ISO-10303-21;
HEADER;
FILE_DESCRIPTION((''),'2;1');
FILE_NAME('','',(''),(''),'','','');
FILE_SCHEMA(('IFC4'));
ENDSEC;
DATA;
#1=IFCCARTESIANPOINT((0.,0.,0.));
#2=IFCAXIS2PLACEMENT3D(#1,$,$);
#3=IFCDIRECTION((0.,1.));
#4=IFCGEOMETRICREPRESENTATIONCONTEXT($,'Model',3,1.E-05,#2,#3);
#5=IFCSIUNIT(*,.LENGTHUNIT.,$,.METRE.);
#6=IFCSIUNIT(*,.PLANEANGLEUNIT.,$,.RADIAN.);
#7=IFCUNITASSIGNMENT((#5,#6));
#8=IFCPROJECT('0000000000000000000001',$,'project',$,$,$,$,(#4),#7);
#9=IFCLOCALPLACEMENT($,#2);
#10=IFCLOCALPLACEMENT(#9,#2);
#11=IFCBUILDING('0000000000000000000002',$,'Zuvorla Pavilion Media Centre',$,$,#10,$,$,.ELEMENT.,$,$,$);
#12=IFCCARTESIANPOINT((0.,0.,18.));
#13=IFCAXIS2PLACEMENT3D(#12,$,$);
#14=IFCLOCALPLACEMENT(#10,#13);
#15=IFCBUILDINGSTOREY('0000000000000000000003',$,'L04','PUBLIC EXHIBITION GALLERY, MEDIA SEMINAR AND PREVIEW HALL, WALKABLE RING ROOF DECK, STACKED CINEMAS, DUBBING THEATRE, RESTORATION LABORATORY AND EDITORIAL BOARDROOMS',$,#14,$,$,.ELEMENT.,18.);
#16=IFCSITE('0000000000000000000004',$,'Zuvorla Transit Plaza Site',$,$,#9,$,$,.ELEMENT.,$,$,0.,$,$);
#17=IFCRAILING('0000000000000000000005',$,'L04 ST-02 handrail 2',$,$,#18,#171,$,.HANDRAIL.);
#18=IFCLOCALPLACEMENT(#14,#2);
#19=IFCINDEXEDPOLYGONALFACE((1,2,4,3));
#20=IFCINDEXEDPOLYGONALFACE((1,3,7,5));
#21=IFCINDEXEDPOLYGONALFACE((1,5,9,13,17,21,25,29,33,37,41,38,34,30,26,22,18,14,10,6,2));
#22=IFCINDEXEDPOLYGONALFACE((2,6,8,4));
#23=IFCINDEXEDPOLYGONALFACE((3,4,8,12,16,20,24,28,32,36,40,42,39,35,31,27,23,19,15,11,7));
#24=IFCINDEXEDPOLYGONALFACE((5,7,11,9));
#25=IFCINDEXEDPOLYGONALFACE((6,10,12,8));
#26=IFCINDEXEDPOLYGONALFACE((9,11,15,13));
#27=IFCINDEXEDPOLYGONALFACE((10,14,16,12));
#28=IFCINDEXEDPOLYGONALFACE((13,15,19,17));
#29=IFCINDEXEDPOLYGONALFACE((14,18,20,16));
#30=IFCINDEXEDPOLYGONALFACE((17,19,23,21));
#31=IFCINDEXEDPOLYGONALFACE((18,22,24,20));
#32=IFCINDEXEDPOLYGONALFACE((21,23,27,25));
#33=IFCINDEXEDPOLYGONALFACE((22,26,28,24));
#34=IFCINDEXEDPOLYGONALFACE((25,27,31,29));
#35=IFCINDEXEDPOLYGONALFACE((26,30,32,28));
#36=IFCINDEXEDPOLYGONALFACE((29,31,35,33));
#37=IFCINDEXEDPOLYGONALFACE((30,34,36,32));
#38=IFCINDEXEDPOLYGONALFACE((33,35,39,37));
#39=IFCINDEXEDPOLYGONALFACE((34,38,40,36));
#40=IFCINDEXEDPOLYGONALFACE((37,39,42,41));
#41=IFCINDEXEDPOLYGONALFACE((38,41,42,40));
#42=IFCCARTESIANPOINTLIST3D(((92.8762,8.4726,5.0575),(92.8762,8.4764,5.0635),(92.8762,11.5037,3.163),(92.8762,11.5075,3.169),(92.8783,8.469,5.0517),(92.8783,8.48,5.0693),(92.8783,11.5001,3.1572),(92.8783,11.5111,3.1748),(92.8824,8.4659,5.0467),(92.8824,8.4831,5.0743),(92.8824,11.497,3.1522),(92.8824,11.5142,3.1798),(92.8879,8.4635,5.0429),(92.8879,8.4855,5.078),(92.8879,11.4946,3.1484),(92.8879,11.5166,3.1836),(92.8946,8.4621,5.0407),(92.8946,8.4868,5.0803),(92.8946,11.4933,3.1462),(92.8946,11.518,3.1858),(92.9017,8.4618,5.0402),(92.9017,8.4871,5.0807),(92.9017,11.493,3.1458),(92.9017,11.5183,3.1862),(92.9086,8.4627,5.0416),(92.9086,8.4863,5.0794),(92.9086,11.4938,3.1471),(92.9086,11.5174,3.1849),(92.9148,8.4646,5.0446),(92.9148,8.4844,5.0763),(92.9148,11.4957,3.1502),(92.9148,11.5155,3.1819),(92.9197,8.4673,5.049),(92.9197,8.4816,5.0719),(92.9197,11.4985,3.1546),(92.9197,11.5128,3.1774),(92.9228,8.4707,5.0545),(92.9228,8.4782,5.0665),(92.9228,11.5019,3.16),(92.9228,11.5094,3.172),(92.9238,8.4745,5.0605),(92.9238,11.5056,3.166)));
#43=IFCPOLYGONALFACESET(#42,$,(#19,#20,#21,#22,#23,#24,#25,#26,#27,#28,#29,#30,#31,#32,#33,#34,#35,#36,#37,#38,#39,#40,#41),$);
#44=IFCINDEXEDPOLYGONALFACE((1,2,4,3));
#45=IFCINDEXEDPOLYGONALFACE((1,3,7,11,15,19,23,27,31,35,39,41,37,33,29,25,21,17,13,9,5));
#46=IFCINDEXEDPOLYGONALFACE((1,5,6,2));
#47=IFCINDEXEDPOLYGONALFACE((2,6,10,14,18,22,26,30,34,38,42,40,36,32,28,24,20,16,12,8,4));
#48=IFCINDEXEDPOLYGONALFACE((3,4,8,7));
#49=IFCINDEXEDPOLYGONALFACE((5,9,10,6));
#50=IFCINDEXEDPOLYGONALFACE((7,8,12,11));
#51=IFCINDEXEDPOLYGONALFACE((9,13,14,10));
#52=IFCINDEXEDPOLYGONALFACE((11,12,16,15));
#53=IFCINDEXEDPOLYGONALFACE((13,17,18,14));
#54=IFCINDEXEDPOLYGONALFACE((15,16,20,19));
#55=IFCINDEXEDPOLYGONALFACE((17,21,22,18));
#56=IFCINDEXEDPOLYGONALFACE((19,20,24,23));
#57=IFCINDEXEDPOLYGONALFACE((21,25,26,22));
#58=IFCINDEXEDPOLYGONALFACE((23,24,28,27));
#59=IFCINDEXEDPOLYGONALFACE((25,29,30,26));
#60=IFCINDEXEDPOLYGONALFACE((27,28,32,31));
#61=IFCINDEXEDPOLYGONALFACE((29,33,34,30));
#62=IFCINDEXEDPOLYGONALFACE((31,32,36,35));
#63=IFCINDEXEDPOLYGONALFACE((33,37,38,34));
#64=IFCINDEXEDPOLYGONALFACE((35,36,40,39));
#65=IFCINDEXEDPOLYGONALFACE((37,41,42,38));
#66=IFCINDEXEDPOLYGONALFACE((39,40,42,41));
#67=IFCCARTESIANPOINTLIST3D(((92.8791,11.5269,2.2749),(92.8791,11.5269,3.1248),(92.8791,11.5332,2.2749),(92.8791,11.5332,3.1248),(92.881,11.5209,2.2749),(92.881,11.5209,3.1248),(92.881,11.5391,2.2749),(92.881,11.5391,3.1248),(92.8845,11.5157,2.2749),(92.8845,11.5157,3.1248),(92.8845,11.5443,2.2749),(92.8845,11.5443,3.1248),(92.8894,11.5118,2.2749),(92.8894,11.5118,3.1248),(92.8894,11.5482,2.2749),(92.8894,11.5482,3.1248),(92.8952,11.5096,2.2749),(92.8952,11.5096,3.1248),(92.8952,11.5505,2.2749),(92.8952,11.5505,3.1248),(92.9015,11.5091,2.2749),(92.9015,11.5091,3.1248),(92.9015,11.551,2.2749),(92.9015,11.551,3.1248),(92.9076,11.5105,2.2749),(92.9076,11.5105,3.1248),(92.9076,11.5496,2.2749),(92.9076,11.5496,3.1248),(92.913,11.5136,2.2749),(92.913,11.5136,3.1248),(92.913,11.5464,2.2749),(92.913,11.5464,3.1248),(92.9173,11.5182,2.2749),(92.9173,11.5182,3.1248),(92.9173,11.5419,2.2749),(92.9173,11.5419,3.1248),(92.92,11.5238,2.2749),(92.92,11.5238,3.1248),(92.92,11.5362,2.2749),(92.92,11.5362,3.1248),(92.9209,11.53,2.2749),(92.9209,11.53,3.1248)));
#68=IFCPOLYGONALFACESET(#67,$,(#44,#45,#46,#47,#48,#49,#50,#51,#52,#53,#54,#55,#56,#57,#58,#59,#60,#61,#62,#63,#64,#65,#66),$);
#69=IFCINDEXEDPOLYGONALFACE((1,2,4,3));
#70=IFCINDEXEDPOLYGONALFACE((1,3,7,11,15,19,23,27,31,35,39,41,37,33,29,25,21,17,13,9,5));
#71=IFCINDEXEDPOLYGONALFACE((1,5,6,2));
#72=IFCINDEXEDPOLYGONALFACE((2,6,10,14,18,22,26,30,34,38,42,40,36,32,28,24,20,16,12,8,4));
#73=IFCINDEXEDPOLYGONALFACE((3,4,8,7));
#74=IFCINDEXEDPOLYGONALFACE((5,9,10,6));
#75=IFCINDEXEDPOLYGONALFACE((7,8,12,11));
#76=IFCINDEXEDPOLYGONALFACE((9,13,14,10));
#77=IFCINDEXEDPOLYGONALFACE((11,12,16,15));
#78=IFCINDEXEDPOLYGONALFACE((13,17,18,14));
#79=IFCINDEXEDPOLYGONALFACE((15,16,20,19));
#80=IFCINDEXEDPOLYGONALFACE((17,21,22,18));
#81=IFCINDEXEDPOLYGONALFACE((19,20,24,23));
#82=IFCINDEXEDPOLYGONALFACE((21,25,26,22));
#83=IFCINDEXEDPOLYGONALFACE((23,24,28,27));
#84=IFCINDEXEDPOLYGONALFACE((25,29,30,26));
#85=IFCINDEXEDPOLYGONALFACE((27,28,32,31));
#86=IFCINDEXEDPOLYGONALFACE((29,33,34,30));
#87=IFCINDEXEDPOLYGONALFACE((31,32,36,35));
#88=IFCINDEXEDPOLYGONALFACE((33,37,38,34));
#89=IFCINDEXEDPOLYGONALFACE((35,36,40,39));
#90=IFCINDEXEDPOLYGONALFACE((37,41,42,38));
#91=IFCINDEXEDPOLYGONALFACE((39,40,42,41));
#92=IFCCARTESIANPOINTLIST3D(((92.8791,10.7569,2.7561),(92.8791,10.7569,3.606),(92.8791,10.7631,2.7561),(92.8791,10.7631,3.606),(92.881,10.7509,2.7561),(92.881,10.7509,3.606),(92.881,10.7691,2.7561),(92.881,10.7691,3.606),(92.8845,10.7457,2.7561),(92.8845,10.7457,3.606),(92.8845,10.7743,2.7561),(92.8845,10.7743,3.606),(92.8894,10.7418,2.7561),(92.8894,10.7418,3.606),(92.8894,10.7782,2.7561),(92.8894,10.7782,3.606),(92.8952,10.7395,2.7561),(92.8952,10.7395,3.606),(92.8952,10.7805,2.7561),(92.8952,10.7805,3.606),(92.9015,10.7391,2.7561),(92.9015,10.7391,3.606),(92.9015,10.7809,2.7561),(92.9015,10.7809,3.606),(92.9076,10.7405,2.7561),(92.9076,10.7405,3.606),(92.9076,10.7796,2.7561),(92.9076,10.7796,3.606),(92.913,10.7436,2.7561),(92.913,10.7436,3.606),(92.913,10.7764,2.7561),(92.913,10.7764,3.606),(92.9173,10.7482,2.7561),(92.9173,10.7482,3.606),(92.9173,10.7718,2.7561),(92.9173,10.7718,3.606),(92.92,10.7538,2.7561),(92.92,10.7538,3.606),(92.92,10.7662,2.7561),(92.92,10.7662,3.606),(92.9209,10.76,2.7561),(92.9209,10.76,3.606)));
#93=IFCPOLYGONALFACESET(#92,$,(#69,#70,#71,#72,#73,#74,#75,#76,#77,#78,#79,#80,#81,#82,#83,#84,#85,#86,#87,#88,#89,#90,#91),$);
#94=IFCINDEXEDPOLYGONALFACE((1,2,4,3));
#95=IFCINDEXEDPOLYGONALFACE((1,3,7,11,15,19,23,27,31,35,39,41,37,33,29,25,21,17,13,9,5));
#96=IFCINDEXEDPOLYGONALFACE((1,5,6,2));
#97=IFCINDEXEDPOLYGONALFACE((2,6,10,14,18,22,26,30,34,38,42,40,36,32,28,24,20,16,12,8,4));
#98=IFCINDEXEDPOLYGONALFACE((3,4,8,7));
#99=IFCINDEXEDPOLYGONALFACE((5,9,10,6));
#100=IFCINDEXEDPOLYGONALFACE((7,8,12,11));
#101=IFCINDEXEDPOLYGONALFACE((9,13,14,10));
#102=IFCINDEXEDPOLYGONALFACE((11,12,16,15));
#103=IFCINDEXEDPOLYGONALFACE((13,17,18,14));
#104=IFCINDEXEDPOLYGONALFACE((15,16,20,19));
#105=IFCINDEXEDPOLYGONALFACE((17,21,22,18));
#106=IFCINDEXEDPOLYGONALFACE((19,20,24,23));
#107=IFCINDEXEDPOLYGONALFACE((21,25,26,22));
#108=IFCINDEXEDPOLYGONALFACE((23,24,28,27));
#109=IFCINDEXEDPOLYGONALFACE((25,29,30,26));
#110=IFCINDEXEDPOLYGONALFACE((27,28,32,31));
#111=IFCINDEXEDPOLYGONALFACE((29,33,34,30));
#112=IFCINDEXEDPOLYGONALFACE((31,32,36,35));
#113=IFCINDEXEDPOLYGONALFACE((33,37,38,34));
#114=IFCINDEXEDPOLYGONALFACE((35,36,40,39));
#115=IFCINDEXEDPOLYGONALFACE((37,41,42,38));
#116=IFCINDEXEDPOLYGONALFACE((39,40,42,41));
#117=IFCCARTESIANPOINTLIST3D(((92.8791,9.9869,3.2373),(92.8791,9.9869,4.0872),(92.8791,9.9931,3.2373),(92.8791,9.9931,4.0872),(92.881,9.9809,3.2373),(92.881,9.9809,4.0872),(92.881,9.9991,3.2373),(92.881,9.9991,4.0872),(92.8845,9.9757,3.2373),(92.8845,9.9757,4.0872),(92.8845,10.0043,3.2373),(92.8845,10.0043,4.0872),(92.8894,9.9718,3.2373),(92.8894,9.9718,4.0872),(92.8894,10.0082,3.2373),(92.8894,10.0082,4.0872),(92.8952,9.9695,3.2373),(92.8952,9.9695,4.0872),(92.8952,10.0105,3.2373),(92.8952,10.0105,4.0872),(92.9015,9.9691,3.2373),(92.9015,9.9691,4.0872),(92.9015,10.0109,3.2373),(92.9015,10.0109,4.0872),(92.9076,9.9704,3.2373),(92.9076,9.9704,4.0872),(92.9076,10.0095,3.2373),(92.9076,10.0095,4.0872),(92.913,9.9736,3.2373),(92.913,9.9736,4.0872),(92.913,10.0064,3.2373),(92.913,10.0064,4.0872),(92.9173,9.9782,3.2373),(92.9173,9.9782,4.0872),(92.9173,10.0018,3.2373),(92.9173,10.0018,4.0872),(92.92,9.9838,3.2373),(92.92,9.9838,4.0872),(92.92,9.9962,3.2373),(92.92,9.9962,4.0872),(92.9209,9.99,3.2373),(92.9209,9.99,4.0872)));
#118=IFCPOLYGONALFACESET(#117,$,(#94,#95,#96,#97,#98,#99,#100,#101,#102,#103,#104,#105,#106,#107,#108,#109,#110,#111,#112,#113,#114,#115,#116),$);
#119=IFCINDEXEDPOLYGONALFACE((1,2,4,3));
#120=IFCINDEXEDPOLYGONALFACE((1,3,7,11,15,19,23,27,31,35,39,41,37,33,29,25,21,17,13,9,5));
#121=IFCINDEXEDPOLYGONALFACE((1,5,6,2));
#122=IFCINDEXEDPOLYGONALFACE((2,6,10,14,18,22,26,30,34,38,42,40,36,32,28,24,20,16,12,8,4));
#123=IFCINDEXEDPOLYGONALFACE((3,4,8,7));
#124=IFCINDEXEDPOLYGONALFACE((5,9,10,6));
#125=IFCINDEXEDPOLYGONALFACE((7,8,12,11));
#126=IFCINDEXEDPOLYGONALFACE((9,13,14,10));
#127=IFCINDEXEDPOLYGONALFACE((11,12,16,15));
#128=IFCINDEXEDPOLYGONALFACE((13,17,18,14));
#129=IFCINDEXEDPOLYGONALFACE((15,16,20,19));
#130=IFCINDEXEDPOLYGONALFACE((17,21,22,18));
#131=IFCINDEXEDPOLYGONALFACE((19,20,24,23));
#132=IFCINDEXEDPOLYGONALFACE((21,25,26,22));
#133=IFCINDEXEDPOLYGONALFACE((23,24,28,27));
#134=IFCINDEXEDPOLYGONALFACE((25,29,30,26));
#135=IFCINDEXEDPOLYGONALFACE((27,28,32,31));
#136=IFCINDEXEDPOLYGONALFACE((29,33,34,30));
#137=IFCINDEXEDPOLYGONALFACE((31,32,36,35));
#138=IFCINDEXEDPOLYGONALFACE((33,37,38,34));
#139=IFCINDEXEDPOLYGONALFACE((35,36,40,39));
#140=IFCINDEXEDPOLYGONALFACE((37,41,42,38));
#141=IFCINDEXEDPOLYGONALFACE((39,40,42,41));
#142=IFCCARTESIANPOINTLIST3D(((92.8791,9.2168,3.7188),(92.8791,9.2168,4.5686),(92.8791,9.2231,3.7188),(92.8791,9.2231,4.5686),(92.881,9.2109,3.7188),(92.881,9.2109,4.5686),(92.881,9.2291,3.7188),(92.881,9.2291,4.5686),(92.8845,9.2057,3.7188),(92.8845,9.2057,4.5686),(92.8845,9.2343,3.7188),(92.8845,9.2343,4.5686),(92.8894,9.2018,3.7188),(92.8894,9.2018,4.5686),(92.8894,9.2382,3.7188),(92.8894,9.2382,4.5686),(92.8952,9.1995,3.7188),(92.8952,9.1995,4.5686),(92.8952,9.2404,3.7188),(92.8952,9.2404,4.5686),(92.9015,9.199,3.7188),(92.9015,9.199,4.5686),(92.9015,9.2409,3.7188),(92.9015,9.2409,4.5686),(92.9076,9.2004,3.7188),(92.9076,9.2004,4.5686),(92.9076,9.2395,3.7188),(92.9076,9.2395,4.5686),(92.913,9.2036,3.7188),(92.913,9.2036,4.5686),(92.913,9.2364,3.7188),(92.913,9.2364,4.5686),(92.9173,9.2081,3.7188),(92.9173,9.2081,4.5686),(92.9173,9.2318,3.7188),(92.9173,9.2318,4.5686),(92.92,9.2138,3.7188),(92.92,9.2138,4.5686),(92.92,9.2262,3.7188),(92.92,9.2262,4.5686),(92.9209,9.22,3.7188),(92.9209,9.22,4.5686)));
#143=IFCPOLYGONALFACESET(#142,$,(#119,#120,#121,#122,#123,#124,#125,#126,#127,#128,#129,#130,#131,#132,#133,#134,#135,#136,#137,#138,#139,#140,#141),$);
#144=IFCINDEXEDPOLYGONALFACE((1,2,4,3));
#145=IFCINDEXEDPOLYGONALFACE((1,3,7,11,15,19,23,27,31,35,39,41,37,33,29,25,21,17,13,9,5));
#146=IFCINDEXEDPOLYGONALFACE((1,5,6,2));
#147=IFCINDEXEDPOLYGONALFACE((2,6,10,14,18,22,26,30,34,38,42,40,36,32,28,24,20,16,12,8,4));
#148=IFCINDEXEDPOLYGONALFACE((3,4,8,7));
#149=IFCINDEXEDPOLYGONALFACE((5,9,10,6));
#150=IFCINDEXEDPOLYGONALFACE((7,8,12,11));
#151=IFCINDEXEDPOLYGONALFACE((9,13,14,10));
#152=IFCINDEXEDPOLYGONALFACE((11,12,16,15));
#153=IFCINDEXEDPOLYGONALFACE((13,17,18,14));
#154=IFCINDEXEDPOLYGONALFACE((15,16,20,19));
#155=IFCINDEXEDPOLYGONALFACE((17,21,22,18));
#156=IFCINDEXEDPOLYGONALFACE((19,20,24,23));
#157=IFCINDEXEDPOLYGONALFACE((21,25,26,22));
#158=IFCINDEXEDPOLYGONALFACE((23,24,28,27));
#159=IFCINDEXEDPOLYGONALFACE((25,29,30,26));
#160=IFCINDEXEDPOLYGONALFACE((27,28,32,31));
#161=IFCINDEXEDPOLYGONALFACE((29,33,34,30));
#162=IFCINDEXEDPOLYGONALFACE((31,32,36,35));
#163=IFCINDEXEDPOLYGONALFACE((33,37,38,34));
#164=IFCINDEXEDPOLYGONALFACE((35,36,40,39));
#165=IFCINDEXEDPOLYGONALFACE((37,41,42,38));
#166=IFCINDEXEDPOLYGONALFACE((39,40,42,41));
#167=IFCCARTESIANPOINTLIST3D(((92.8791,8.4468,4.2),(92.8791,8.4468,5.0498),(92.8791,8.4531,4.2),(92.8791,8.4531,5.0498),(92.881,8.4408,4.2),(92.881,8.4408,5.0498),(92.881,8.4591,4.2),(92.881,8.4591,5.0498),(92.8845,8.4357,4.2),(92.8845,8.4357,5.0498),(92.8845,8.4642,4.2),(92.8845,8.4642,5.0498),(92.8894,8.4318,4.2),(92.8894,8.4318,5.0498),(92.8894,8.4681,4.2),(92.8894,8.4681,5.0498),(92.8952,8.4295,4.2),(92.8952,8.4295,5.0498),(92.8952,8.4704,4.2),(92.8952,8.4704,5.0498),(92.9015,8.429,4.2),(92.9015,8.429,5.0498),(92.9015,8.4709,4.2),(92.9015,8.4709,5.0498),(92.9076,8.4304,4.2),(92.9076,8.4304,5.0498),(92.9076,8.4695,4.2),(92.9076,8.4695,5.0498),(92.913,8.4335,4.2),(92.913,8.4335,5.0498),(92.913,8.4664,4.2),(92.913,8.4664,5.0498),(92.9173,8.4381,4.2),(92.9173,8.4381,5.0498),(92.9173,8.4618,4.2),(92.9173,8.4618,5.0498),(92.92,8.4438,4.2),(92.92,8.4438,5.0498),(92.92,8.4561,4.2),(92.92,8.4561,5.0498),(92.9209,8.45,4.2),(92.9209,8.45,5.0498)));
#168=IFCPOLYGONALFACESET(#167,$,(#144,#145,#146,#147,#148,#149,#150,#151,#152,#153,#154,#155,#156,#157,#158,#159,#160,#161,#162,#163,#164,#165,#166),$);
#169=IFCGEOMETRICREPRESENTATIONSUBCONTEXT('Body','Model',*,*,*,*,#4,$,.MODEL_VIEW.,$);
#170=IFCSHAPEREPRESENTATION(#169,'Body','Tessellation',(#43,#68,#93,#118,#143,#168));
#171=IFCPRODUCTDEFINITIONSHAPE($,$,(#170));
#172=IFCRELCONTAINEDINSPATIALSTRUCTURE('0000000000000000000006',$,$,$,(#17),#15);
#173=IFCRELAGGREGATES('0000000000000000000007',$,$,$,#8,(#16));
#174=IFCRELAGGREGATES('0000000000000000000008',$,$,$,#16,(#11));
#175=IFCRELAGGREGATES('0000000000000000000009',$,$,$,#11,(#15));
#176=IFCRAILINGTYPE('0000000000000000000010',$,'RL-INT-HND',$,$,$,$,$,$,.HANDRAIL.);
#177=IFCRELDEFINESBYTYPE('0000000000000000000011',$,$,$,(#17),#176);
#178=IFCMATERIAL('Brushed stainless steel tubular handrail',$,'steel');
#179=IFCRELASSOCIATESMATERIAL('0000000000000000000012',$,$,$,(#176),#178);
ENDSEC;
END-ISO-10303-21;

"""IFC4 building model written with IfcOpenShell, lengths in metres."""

from ifc_helpers import new_model, si_unit, direction, frame, origin, origin_2d, place, context, subcontext, project, spatial, circle, extrude, material, type_object, element, save


model = new_model("IFC4")

# Units and contexts
model_context = context("Model", 3, precision=1e-05, world=origin(), true_north=direction((0.0, 1.0)))
body_context = subcontext(model_context, "Body", "Model", "MODEL_VIEW")
ifc_project = project(units=[si_unit("LENGTHUNIT", "METRE"), si_unit("PLANEANGLEUNIT", "RADIAN")], contexts=[model_context])

# Site, building, storey
site_placement = place(None, origin())
site = spatial("IfcSite", under=ifc_project, at=site_placement, Name="Zuvorla Transit Plaza Site", CompositionType="ELEMENT", RefElevation=0.0)
building_placement = place(site_placement, origin())
building = spatial("IfcBuilding", under=site, at=building_placement, Name="Zuvorla Pavilion Media Centre", CompositionType="ELEMENT")
storey_placement = place(building_placement, frame((0.0, 0.0, 18.0)))
storey = spatial("IfcBuildingStorey", under=building, at=storey_placement, Name="L04", Description="PUBLIC EXHIBITION GALLERY, MEDIA SEMINAR AND PREVIEW HALL, WALKABLE RING ROOF DECK, STACKED CINEMAS, DUBBING THEATRE, RESTORATION LABORATORY AND EDITORIAL BOARDROOMS", CompositionType="ELEMENT", Elevation=18.0)

# Railing
ifc_material_1 = material(Name="Brushed stainless steel tubular handrail", Category="steel")
railing_type_1 = type_object("IfcRailingType", Name="RL-INT-HND", PredefinedType="HANDRAIL", material=ifc_material_1)
railing_1_placement = place(storey_placement, frame((92.8999, 11.53, 2.2749)))
element("IfcRailing", 1, at=railing_1_placement, inside=storey, type_object=railing_type_1, Name="L04 ST-02 handrail 2", PredefinedType="HANDRAIL", context=body_context, shape_type="SweptSolid", body=[
    extrude(circle(Radius=0.0239, at=origin_2d()), frame((0.0, -0.0244, 0.8911), z_axis=(0.0, -0.847998, 0.529999), x_axis=(1.0, 0.0, 0.0)), (0.0, 0.0, 1.0), 3.5745),
    extrude(circle(Radius=0.021, at=origin_2d()), origin(), (0.0, 0.0, 1.0), 0.8499),
    extrude(circle(Radius=0.021, at=origin_2d()), frame((0.0, -0.77, 0.4812)), (0.0, 0.0, 1.0), 0.8499),
    extrude(circle(Radius=0.021, at=origin_2d()), frame((0.0, -1.54, 0.9624)), (0.0, 0.0, 1.0), 0.8499),
    extrude(circle(Radius=0.021, at=origin_2d()), frame((0.0, -2.3101, 1.4438)), (0.0, 0.0, 1.0), 0.8499),
    extrude(circle(Radius=0.021, at=origin_2d()), frame((0.0, -3.0801, 1.925)), (0.0, 0.0, 1.0), 0.8499),
])

save(model, "model.ifc")
